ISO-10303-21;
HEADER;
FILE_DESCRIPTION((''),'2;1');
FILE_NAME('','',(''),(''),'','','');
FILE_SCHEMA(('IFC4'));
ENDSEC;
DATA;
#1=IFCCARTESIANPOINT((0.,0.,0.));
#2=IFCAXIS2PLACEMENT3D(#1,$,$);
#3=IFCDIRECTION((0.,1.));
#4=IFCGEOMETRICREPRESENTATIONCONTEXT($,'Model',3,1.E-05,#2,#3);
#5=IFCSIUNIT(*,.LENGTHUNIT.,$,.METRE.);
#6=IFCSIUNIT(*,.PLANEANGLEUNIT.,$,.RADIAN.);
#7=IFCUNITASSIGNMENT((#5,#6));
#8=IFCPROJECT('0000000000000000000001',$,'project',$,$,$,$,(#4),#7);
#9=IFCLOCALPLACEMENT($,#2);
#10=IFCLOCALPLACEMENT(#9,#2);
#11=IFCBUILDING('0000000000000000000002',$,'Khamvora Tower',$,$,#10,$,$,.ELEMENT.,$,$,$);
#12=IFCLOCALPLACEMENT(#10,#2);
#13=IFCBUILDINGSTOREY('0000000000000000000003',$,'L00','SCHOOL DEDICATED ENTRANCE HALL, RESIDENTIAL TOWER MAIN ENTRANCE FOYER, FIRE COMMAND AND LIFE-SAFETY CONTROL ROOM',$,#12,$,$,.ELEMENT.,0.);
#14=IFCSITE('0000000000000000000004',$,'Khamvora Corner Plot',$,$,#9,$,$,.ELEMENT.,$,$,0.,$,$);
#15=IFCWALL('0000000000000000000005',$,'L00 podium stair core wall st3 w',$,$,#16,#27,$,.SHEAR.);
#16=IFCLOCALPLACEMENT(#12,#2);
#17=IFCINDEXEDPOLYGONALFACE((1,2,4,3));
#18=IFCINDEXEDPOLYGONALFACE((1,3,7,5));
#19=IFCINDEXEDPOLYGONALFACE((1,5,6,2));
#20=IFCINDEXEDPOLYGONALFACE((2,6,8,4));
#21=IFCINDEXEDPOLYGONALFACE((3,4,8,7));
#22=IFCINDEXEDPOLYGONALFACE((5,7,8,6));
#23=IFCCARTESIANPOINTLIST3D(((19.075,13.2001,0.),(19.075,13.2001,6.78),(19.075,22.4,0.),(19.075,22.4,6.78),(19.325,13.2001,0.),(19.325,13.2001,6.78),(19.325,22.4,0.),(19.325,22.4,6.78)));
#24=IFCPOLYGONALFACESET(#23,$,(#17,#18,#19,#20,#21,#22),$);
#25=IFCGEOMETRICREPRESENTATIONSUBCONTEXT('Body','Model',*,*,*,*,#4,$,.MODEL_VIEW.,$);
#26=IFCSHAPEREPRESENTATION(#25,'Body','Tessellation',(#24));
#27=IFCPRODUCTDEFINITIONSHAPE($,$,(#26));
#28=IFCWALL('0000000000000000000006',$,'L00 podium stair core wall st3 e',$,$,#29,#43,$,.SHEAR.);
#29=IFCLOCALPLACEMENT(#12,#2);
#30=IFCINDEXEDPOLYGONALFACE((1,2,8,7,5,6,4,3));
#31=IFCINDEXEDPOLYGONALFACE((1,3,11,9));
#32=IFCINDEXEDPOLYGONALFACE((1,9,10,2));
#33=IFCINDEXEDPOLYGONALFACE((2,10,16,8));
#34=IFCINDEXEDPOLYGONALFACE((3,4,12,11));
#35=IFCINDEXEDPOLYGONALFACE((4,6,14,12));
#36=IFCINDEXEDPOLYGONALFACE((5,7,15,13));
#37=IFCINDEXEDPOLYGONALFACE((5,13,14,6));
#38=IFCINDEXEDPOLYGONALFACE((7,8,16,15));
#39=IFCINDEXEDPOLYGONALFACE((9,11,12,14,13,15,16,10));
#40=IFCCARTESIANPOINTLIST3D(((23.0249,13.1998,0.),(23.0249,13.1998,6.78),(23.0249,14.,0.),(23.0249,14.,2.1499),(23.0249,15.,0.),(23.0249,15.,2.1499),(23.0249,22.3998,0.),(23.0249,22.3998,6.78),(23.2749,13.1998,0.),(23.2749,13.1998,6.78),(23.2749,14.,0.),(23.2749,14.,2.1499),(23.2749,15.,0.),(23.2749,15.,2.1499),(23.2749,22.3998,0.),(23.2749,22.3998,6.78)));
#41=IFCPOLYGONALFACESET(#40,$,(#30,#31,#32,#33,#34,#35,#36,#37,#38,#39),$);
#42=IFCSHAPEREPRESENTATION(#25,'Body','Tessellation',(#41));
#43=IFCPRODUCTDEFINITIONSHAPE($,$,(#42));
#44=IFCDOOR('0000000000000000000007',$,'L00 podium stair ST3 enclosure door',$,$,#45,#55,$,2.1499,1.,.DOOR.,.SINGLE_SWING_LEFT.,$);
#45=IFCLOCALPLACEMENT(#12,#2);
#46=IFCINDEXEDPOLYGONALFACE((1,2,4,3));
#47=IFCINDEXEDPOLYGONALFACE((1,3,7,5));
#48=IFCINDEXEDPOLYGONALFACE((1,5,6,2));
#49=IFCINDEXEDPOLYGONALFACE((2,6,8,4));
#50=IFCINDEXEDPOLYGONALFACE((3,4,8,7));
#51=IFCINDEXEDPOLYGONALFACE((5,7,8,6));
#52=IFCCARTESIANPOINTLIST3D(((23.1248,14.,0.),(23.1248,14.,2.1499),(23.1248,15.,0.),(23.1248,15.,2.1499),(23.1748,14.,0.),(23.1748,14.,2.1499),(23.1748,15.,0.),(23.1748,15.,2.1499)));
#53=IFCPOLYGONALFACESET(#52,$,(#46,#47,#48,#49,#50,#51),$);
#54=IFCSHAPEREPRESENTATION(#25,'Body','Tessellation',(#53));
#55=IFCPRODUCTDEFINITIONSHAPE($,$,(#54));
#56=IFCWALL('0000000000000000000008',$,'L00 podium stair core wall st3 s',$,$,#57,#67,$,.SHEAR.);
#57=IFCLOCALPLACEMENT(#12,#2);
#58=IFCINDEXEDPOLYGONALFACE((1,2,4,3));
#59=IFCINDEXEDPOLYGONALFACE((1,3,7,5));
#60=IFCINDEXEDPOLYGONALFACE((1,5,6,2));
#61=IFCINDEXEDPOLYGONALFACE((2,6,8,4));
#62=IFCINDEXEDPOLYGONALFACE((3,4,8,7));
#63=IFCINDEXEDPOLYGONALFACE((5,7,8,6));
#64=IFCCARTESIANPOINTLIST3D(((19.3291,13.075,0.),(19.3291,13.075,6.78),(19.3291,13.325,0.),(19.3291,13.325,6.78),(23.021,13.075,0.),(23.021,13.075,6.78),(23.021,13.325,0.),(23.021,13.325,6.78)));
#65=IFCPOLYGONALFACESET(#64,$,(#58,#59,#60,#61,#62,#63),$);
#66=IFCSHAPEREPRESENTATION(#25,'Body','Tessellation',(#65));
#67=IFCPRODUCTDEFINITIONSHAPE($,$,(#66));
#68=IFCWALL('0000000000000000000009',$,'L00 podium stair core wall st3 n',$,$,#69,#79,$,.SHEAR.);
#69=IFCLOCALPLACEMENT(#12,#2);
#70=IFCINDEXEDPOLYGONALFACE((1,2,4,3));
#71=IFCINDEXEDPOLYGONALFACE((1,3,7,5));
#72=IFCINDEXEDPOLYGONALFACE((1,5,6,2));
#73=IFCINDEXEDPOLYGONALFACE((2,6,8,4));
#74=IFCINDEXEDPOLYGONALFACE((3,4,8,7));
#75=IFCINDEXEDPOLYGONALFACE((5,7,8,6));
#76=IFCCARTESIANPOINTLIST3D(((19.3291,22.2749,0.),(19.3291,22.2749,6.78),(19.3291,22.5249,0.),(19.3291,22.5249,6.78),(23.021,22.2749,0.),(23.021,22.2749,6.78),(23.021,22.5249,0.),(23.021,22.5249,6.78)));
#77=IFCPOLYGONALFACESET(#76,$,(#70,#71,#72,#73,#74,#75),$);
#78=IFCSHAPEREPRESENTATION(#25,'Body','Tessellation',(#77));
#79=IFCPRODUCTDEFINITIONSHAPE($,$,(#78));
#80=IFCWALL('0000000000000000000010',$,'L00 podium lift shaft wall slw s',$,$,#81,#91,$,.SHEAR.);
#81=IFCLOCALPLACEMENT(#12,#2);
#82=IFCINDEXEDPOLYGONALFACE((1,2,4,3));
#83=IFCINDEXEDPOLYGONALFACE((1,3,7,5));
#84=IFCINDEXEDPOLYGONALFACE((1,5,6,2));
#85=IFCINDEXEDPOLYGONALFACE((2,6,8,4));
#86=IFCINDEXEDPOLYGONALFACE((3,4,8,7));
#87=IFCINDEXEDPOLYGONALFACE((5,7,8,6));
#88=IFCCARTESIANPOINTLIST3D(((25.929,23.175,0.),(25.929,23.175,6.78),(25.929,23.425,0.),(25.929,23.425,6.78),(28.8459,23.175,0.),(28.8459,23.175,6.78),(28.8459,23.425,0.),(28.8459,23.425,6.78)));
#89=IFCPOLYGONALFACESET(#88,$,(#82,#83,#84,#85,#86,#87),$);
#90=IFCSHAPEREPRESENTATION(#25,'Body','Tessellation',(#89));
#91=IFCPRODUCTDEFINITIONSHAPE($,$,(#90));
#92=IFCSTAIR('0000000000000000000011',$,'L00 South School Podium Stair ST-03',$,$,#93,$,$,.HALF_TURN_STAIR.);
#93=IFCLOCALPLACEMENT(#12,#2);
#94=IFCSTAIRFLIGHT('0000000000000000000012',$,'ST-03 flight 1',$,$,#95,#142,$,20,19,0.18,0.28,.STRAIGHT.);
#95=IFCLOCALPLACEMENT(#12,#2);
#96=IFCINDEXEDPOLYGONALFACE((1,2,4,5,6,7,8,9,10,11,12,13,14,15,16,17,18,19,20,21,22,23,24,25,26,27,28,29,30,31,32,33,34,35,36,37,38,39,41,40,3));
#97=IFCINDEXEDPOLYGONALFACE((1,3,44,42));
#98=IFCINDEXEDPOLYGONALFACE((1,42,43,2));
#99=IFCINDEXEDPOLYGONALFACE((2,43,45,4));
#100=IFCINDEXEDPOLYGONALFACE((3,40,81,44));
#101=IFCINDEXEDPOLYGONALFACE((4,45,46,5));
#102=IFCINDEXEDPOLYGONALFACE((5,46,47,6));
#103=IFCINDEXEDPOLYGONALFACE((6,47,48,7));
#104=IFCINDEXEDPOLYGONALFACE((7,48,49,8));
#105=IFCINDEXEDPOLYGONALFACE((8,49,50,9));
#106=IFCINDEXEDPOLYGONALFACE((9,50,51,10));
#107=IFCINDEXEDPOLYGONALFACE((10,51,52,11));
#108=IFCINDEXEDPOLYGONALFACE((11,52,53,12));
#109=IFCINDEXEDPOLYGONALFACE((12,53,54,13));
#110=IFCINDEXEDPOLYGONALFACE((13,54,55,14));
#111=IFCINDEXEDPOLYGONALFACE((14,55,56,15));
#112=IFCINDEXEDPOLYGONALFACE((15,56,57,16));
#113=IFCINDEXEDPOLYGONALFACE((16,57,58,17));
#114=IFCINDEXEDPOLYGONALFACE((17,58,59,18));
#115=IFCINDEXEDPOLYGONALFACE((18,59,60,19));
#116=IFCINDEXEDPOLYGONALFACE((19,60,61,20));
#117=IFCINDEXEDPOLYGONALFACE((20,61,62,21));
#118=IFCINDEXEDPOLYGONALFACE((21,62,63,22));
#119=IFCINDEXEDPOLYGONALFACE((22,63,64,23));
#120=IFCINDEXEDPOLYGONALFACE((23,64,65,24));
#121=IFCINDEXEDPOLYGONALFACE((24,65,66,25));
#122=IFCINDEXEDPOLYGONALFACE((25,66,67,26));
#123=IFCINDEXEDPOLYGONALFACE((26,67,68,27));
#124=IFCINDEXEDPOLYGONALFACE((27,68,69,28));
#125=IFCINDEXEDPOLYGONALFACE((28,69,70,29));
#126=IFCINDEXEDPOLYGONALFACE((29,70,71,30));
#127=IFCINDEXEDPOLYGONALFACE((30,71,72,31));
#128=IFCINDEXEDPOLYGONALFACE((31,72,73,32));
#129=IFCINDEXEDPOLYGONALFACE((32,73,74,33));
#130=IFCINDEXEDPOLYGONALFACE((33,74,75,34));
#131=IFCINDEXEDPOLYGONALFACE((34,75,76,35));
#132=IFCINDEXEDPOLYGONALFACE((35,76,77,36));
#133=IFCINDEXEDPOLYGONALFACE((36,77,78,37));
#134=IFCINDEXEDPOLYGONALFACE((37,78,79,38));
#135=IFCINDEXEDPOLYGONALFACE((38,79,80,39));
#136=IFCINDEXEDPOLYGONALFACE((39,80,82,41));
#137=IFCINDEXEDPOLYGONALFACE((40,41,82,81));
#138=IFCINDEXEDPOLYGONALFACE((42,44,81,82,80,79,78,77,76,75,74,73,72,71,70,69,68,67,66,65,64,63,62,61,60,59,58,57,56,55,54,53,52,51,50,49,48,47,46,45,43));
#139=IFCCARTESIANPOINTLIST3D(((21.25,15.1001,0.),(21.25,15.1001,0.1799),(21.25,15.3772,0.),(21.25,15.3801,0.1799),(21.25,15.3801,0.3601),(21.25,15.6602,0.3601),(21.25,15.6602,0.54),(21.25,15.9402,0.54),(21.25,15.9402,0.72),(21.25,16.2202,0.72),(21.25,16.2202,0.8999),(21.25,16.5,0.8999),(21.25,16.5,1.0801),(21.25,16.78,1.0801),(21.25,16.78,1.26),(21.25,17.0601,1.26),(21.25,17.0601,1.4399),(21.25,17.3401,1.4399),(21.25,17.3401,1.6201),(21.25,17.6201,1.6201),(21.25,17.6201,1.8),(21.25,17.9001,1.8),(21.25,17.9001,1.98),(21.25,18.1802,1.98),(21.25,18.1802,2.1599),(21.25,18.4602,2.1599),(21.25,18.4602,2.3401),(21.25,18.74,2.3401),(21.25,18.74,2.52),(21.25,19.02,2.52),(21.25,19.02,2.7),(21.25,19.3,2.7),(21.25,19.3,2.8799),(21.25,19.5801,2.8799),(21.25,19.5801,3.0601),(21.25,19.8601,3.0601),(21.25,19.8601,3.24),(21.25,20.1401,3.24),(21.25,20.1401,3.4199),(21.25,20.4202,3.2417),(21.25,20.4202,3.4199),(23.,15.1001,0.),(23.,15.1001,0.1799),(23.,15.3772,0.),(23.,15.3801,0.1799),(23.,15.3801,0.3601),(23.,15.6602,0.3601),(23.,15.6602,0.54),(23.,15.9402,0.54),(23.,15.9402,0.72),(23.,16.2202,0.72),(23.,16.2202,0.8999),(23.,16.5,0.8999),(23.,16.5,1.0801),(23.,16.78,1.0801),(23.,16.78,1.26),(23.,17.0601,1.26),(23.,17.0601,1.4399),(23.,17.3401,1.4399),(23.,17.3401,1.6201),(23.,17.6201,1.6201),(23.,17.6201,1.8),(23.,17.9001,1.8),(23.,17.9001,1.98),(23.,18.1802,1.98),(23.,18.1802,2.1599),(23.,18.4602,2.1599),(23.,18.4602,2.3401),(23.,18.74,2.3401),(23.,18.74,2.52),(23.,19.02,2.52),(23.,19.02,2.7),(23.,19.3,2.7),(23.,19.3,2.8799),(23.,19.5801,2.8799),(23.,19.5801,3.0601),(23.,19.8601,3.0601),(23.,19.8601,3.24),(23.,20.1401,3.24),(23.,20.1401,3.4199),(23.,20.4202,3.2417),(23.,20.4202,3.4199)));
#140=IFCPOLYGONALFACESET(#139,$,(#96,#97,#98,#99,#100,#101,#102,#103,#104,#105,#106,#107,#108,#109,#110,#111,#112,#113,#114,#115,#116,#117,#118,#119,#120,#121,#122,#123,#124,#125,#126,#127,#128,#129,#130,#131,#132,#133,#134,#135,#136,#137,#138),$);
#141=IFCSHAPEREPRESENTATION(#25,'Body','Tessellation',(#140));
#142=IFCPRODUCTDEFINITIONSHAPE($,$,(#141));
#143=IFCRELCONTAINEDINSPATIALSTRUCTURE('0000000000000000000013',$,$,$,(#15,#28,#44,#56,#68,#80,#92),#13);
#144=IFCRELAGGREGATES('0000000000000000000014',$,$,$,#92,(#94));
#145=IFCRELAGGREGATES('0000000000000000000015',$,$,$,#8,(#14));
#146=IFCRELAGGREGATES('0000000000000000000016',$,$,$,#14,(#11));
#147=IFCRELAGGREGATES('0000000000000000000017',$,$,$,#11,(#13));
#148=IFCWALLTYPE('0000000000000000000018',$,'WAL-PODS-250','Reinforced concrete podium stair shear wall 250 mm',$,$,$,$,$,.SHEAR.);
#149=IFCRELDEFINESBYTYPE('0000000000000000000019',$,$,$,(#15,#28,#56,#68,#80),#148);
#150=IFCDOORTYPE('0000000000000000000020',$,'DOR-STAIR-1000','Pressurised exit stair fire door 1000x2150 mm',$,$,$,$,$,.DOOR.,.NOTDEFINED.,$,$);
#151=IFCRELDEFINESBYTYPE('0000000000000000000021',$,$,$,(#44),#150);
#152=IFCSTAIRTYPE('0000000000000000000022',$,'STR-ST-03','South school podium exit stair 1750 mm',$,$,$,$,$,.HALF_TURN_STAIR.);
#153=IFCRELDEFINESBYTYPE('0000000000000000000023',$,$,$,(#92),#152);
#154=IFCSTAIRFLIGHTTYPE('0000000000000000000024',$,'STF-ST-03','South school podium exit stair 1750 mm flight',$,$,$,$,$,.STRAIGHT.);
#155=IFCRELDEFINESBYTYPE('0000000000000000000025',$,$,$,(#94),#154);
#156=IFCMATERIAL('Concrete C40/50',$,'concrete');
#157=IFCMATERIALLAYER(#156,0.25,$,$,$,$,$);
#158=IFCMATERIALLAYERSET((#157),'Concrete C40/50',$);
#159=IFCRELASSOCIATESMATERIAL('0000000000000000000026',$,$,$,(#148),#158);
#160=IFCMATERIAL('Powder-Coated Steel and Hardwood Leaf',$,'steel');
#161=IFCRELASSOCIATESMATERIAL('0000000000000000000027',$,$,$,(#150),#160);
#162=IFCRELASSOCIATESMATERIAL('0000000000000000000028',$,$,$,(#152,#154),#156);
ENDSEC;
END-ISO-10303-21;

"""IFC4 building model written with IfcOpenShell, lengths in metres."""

from ifc_helpers import new_model, si_unit, direction, frame, frame_2d, origin, place, context, subcontext, project, spatial, polyline, rectangle, outline, extrude, material, layer, layer_set, type_object, element, fill, aggregate, save


model = new_model("IFC4")

# Units and contexts
model_context = context("Model", 3, precision=1e-05, world=origin(), true_north=direction((0.0, 1.0)))
body_context = subcontext(model_context, "Body", "Model", "MODEL_VIEW")
ifc_project = project(units=[si_unit("LENGTHUNIT", "METRE"), si_unit("PLANEANGLEUNIT", "RADIAN")], contexts=[model_context])

# Site, building, storey
site_placement = place(None, origin())
site = spatial("IfcSite", under=ifc_project, at=site_placement, Name="Khamvora Corner Plot", CompositionType="ELEMENT", RefElevation=0.0)
building_placement = place(site_placement, origin())
building = spatial("IfcBuilding", under=site, at=building_placement, Name="Khamvora Tower", CompositionType="ELEMENT")
storey_placement = place(building_placement, origin())
storey = spatial("IfcBuildingStorey", under=building, at=storey_placement, Name="L00", Description="SCHOOL DEDICATED ENTRANCE HALL, RESIDENTIAL TOWER MAIN ENTRANCE FOYER, FIRE COMMAND AND LIFE-SAFETY CONTROL ROOM", CompositionType="ELEMENT", Elevation=0.0)

# Shared definitions
ifc_material_1 = material(Name="Powder-Coated Steel and Hardwood Leaf", Category="steel")

# Wall
ifc_material_2 = material(Name="Concrete C40/50", Category="concrete")
ifc_layer_1 = layer(ifc_material_2, 0.25)
ifc_layer_set_1 = layer_set([ifc_layer_1], Name="Concrete C40/50")
wall_type_1 = type_object("IfcWallType", Name="WAL-PODS-250", Description="Reinforced concrete podium stair shear wall 250 mm", PredefinedType="SHEAR", material=ifc_layer_set_1)
wall_1_placement = place(storey_placement, frame((19.2, 13.2, 0.0), z_axis=(0.0, 0.0, 1.0), x_axis=(0.0, 1.0, 0.0)))
element("IfcWall", 1, at=wall_1_placement, inside=storey, type_object=wall_type_1, Name="L00 podium stair core wall st3 w", PredefinedType="SHEAR", context=body_context, shape_type="SweptSolid", body=[
    extrude(rectangle(XDim=9.2, YDim=0.25, at=frame_2d((4.6001, 0.0))), origin(), (0.0, 0.0, 1.0), 6.78),
])

# Wall, opening, door
wall_2_placement = place(storey_placement, frame((23.1499, 22.3999, 0.0), z_axis=(0.0, 0.0, 1.0), x_axis=(0.0, -1.0, 0.0)))
wall_2 = element("IfcWall", 2, at=wall_2_placement, inside=storey, type_object=wall_type_1, Name="L00 podium stair core wall st3 e", PredefinedType="SHEAR", context=body_context, shape_type="SweptSolid", body=[
    extrude(rectangle(XDim=9.2, YDim=0.25, at=frame_2d((4.6001, 0.0))), origin(), (0.0, 0.0, 1.0), 6.78),
])
opening_1_placement = place(wall_2_placement, frame((7.3999, 0.0, 0.0)))
opening_1 = element("IfcOpeningElement", 3, at=opening_1_placement, cuts=wall_2, PredefinedType="OPENING", context=body_context, shape_type="SweptSolid", body=[
    extrude(rectangle(XDim=1.0, YDim=2.1499, at=frame_2d((0.5, 1.075))), frame((0.0, 0.135, 0.0), z_axis=(0.0, -1.0, 0.0), x_axis=(1.0, 0.0, 0.0)), (0.0, 0.0, 1.0), 0.27),
])
door_type_1 = type_object("IfcDoorType", Name="DOR-STAIR-1000", Description="Pressurised exit stair fire door 1000x2150 mm", OperationType="NOTDEFINED", PredefinedType="DOOR", material=ifc_material_1)
door_1_placement = place(opening_1_placement, origin())
door_1 = element("IfcDoor", 4, at=door_1_placement, inside=storey, type_object=door_type_1, Name="L00 podium stair ST3 enclosure door", OperationType="SINGLE_SWING_LEFT", OverallHeight=2.1499, OverallWidth=1.0, PredefinedType="DOOR", context=body_context, shape_type="SweptSolid", body=[
    extrude(rectangle(XDim=1.0, YDim=2.1499, at=frame_2d((0.5, 1.075))), frame((0.0, 0.0249, 0.0), z_axis=(0.0, -1.0, 0.0), x_axis=(1.0, 0.0, 0.0)), (0.0, 0.0, 1.0), 0.05),
])
fill(opening_1, door_1)

# Walls
for number, where, z_axis, x_axis, name in (
    (5, (19.3291, 13.2, 0.0), (0.0, 0.0, 1.0), (1.0, 0.0, 0.0), "L00 podium stair core wall st3 s"),
    (6, (19.3291, 22.3999, 0.0), (0.0, 0.0, 1.0), (1.0, 0.0, 0.0), "L00 podium stair core wall st3 n"),
):
    element("IfcWall", number, at=place(storey_placement, frame(where, z_axis=z_axis, x_axis=x_axis)), inside=storey, type_object=wall_type_1, Name=name, PredefinedType="SHEAR", context=body_context, shape_type="SweptSolid", body=[
        extrude(rectangle(XDim=3.6919, YDim=0.25, at=frame_2d((1.8459, 0.0))), origin(), (0.0, 0.0, 1.0), 6.78),
    ])

# Wall
wall_3_placement = place(storey_placement, frame((25.929, 23.3, 0.0), z_axis=(0.0, 0.0, 1.0), x_axis=(1.0, 0.0, 0.0)))
element("IfcWall", 7, at=wall_3_placement, inside=storey, type_object=wall_type_1, Name="L00 podium lift shaft wall slw s", PredefinedType="SHEAR", context=body_context, shape_type="SweptSolid", body=[
    extrude(rectangle(XDim=2.917, YDim=0.25, at=frame_2d((1.4585, 0.0))), origin(), (0.0, 0.0, 1.0), 6.78),
])

# Stair, stair flight
stair_type = type_object("IfcStairType", Name="STR-ST-03", Description="South school podium exit stair 1750 mm", PredefinedType="HALF_TURN_STAIR", material=ifc_material_2)
stair_placement = place(storey_placement, origin())
stair = element("IfcStair", 8, at=stair_placement, inside=storey, type_object=stair_type, Name="L00 South School Podium Stair ST-03", PredefinedType="HALF_TURN_STAIR")
stair_flight_type = type_object("IfcStairFlightType", Name="STF-ST-03", Description="South school podium exit stair 1750 mm flight", PredefinedType="STRAIGHT", material=ifc_material_2)
stair_flight_1_placement = place(storey_placement, frame((22.125, 15.1001, 0.0), z_axis=(0.0, 0.0, 1.0), x_axis=(0.0, 1.0, 0.0)))
stair_flight_1 = element("IfcStairFlight", 9, at=stair_flight_1_placement, type_object=stair_flight_type, Name="ST-03 flight 1", NumberOfRisers=20, NumberOfTreads=19, PredefinedType="STRAIGHT", RiserHeight=0.18, TreadLength=0.28, context=body_context, shape_type="SweptSolid", body=[
    extrude(outline(polyline([(0.0, 0.0), (0.0, 0.1799), (0.28, 0.1799), (0.28, 0.3601), (0.5601, 0.3601), (0.5601, 0.54), (0.8401, 0.54), (0.8401, 0.72), (1.1201, 0.72), (1.1201, 0.8999), (1.3999, 0.8999), (1.3999, 1.0801), (1.6799, 1.0801), (1.6799, 1.26), (1.96, 1.26), (1.96, 1.4399), (2.24, 1.4399), (2.24, 1.6201), (2.52, 1.6201), (2.52, 1.8), (2.8, 1.8), (2.8, 1.98), (3.0801, 1.98), (3.0801, 2.1599), (3.3601, 2.1599), (3.3601, 2.3401), (3.6399, 2.3401), (3.6399, 2.52), (3.9199, 2.52), (3.9199, 2.7), (4.2, 2.7), (4.2, 2.8799), (4.48, 2.8799), (4.48, 3.0601), (4.76, 3.0601), (4.76, 3.24), (5.04, 3.24), (5.04, 3.4199), (5.3201, 3.4199), (5.3201, 3.6001), (5.3201, 3.2417), (0.2771, 0.0), (0.0, 0.0)])), frame((0.0, 0.875, 0.0), z_axis=(0.0, -1.0, 0.0), x_axis=(1.0, 0.0, 0.0)), (0.0, 0.0, 1.0), 1.75),
])
aggregate(stair, [stair_flight_1])

save(model, "model.ifc")
